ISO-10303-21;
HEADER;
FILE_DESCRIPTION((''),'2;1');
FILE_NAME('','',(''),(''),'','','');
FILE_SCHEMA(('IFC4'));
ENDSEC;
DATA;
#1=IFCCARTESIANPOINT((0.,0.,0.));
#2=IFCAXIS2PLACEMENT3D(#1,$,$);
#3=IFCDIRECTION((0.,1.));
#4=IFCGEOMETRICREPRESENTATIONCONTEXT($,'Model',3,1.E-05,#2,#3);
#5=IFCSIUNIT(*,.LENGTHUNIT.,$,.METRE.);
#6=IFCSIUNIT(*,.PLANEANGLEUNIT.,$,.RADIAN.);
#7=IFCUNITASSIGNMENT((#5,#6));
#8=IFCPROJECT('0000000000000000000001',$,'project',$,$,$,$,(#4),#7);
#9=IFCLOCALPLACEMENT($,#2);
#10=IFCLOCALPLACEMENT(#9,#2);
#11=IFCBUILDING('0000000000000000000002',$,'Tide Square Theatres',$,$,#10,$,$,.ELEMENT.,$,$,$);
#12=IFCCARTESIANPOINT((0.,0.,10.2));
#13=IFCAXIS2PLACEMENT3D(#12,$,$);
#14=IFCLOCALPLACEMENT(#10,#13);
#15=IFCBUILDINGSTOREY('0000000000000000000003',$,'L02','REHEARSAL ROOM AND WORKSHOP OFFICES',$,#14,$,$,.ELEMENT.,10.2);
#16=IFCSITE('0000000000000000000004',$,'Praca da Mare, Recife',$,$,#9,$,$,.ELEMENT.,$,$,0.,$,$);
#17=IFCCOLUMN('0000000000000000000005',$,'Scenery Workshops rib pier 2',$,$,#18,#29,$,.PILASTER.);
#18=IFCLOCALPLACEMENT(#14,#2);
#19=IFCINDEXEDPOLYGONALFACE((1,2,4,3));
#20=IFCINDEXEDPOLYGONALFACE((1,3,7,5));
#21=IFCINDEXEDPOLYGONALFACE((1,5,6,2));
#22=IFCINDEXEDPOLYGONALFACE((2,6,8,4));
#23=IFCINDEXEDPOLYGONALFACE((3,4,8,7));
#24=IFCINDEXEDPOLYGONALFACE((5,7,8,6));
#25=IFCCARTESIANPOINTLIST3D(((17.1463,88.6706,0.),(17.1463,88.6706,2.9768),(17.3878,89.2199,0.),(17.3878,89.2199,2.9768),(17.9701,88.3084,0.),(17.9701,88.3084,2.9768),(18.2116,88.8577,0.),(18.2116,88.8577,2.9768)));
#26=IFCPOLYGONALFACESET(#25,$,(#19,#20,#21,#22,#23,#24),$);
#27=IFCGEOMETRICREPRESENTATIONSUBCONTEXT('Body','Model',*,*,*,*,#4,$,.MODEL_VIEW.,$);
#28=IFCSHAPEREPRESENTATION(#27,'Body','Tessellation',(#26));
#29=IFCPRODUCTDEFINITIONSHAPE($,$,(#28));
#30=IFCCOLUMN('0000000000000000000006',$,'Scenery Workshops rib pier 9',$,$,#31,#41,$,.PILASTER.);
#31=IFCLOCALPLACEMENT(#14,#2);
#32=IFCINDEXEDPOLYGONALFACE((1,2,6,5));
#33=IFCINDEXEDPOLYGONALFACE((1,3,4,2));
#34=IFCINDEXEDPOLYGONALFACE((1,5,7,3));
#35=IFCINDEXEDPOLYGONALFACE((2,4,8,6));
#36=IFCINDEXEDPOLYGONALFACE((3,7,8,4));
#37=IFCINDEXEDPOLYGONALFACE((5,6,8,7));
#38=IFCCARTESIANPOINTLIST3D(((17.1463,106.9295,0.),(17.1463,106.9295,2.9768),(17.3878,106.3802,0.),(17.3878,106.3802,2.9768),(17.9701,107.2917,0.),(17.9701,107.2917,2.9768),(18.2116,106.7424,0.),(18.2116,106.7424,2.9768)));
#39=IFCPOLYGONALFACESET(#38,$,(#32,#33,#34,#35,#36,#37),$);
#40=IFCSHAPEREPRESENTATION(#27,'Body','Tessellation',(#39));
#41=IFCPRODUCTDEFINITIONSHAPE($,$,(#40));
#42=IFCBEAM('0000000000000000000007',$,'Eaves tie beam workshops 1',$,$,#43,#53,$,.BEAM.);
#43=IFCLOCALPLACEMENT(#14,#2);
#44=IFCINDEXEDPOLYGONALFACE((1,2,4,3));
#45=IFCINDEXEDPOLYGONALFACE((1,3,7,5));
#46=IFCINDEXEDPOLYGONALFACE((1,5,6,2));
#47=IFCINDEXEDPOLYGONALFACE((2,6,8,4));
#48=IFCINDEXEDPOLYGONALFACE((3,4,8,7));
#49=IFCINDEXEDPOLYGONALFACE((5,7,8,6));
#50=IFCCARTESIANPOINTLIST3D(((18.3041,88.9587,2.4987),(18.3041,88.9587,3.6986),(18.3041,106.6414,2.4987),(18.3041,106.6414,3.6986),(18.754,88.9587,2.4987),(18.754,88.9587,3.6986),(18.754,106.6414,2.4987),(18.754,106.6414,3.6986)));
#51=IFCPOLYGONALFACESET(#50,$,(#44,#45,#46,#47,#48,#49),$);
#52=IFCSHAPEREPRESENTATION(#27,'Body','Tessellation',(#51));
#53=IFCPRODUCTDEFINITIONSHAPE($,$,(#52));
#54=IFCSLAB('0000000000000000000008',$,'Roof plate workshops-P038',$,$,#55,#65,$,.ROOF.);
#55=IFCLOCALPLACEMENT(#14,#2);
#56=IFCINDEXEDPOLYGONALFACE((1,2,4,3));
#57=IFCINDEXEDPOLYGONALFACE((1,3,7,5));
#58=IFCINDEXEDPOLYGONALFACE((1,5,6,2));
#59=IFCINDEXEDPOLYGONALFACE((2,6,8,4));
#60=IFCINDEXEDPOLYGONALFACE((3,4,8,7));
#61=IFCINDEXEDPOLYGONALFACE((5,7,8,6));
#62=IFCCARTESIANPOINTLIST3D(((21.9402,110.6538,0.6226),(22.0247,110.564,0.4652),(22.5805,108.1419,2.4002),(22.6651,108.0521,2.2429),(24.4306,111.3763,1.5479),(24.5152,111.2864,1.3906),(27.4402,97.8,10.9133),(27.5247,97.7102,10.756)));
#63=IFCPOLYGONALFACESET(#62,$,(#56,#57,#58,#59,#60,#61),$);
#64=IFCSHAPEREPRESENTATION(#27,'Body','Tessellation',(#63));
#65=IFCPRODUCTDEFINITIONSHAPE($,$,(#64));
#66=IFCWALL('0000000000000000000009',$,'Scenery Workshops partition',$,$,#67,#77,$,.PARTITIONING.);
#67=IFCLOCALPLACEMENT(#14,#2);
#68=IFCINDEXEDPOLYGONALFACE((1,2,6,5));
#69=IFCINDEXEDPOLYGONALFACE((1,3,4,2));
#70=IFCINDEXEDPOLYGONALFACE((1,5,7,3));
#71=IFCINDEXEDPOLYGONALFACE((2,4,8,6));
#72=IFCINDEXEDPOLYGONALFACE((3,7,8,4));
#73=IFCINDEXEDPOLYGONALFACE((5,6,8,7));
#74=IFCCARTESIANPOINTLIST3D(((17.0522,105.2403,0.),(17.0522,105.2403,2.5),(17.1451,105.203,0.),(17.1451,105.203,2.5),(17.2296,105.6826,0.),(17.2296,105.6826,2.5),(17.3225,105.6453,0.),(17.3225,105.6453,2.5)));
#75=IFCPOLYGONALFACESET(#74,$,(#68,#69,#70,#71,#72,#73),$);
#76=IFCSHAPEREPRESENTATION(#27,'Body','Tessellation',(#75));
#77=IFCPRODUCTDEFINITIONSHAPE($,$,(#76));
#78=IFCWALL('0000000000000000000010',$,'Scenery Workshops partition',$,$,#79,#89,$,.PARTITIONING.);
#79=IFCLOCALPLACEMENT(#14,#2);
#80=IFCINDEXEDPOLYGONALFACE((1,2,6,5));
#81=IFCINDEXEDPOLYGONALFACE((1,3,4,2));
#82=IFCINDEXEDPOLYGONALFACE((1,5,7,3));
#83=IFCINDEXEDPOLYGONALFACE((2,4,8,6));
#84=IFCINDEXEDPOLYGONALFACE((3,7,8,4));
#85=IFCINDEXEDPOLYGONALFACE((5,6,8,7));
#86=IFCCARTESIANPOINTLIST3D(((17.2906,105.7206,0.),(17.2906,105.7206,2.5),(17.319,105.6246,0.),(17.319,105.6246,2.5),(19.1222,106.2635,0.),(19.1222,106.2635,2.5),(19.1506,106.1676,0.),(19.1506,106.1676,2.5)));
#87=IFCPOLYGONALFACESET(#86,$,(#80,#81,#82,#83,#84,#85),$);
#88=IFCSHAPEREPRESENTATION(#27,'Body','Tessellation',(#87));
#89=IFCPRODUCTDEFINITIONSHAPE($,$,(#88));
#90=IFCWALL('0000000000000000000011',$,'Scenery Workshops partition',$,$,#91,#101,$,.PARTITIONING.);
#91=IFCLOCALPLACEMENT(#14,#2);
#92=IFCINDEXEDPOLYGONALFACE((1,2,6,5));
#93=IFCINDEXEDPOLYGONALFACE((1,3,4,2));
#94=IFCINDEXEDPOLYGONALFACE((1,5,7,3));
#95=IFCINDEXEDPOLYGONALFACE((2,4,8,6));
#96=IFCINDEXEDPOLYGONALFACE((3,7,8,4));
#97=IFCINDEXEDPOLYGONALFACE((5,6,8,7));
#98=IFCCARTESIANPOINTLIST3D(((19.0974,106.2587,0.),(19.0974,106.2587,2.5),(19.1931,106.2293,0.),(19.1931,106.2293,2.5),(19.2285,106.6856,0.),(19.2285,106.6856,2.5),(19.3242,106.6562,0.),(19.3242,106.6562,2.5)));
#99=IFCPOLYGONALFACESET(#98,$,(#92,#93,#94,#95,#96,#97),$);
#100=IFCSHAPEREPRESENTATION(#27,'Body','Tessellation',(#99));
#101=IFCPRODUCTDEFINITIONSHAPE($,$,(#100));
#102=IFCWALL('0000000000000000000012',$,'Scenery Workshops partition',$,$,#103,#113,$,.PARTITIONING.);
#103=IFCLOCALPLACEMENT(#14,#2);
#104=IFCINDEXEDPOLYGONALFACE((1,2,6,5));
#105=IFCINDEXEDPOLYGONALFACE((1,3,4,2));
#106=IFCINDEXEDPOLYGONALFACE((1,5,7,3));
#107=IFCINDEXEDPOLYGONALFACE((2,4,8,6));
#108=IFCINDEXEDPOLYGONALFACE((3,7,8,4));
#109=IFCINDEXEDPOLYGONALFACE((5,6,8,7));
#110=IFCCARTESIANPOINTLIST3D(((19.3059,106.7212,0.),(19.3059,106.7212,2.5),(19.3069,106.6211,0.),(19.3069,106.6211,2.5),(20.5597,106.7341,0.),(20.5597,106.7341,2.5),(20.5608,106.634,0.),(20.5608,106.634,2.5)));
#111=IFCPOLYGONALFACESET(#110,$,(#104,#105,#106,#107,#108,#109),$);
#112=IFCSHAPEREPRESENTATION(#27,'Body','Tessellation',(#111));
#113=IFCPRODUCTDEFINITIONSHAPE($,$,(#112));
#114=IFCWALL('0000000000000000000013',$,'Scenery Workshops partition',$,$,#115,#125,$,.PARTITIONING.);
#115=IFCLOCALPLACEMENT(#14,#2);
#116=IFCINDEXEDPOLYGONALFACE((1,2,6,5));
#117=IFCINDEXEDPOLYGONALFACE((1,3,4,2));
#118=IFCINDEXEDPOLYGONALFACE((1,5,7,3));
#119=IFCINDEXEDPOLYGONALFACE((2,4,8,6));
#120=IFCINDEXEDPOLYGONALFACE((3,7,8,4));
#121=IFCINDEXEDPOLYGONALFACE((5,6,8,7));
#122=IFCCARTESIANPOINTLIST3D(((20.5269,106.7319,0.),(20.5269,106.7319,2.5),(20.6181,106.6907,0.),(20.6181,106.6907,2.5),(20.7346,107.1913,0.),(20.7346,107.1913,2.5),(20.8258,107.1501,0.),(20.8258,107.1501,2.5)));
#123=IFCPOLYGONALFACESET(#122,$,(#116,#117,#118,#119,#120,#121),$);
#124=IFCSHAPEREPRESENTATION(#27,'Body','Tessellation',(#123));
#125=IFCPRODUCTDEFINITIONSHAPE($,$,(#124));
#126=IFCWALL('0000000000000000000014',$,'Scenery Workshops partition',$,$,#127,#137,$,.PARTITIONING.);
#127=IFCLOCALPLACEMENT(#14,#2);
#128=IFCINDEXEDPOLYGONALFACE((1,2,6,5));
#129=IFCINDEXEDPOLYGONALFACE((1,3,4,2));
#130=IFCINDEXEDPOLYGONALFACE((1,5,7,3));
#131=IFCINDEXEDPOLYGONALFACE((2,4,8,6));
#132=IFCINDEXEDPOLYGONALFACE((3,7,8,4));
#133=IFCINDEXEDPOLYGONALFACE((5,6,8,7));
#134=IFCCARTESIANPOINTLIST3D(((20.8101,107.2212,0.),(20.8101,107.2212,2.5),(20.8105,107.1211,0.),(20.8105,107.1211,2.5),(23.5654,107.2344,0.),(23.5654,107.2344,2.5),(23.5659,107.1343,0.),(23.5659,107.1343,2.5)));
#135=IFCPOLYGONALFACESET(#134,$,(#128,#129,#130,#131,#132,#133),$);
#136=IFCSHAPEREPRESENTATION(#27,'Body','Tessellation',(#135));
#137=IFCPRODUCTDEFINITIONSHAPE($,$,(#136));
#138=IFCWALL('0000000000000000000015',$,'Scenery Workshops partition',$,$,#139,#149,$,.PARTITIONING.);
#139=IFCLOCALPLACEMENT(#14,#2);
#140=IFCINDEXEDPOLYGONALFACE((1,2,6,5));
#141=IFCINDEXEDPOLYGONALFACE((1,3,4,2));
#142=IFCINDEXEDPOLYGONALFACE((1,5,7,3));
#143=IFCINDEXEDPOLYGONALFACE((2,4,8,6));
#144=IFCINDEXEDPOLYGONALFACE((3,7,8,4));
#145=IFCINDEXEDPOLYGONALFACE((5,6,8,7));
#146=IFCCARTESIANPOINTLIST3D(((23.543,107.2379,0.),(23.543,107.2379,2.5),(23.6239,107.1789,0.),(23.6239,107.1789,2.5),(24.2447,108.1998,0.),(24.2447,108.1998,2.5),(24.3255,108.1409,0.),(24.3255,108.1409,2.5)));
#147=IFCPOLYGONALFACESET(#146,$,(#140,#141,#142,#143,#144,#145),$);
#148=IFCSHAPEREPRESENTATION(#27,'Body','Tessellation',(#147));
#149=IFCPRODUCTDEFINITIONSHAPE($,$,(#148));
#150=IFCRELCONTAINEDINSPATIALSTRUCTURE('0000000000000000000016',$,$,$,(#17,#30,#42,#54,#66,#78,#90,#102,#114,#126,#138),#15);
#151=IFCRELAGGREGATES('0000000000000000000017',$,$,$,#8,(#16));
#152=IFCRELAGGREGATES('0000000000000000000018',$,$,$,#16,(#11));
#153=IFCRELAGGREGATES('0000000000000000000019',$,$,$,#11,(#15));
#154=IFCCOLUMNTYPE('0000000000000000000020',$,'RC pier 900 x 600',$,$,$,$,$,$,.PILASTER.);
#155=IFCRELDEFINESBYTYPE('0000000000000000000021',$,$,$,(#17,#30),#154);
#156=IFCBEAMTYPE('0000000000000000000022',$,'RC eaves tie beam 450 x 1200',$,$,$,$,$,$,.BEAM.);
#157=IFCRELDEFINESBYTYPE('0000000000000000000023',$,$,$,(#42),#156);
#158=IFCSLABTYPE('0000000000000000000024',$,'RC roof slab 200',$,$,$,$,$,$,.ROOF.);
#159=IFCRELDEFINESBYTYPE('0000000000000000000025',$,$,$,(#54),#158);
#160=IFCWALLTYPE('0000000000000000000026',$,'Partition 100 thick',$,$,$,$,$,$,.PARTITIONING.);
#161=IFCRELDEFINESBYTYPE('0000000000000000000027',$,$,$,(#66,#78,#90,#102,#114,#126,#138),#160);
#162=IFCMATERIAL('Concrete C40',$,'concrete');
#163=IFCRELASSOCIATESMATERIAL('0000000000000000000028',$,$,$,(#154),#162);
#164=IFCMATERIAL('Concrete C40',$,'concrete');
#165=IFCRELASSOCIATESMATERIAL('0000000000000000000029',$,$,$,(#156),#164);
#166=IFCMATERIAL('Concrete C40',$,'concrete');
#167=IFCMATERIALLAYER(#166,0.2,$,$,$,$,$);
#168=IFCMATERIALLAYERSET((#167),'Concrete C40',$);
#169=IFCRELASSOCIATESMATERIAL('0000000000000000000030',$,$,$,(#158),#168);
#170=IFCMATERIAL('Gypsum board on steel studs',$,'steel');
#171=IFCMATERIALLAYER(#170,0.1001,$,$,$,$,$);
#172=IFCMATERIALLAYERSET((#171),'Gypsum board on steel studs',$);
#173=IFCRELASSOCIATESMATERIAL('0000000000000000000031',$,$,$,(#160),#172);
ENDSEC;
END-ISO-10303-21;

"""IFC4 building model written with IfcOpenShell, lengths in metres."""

from ifc_helpers import new_model, si_unit, direction, frame, frame_2d, origin, origin_2d, place, context, subcontext, project, spatial, polyline, rectangle, outline, extrude, material, layer, layer_set, material_profile, profile_set, type_object, element, save


model = new_model("IFC4")

# Units and contexts
model_context = context("Model", 3, precision=1e-05, world=origin(), true_north=direction((0.0, 1.0)))
body_context = subcontext(model_context, "Body", "Model", "MODEL_VIEW")
ifc_project = project(units=[si_unit("LENGTHUNIT", "METRE"), si_unit("PLANEANGLEUNIT", "RADIAN")], contexts=[model_context])

# Site, building, storey
site_placement = place(None, origin())
site = spatial("IfcSite", under=ifc_project, at=site_placement, Name="Praca da Mare, Recife", CompositionType="ELEMENT", RefElevation=0.0)
building_placement = place(site_placement, origin())
building = spatial("IfcBuilding", under=site, at=building_placement, Name="Tide Square Theatres", CompositionType="ELEMENT")
storey_placement = place(building_placement, frame((0.0, 0.0, 10.2)))
storey = spatial("IfcBuildingStorey", under=building, at=storey_placement, Name="L02", Description="REHEARSAL ROOM AND WORKSHOP OFFICES", CompositionType="ELEMENT", Elevation=10.2)

# Columns
ifc_material_1 = material(Name="Concrete C40", Category="concrete")
ifc_material_profile_1 = material_profile(ifc_material_1, rectangle(XDim=0.8999, YDim=0.6001, at=origin_2d()))
ifc_profile_set_1 = profile_set([ifc_material_profile_1], Name="Concrete C40")
column_type = type_object("IfcColumnType", Name="RC pier 900 x 600", PredefinedType="PILASTER", material=ifc_profile_set_1)
for number, where, z_axis, x_axis, name in (
    (1, (17.679, 88.7642, 0.0), (0.0, 0.0, 1.0), (0.915419, -0.402502, 0.0), "Scenery Workshops rib pier 2"),
    (2, (17.679, 106.8359, 0.0), (0.0, 0.0, 1.0), (-0.915419, -0.402502, 0.0), "Scenery Workshops rib pier 9"),
):
    element("IfcColumn", number, at=place(storey_placement, frame(where, z_axis=z_axis, x_axis=x_axis)), inside=storey, type_object=column_type, Name=name, PredefinedType="PILASTER", context=body_context, shape_type="SweptSolid", body=[
        extrude(rectangle(XDim=0.8999, YDim=0.6001, at=origin_2d()), origin(), (0.0, 0.0, 1.0), 2.9768),
    ])

# Beam
ifc_material_2 = material(Name="Concrete C40", Category="concrete")
ifc_material_profile_2 = material_profile(ifc_material_2, rectangle(XDim=0.45, YDim=1.2, at=origin_2d()))
ifc_profile_set_2 = profile_set([ifc_material_profile_2], Name="Concrete C40")
beam_type = type_object("IfcBeamType", Name="RC eaves tie beam 450 x 1200", PredefinedType="BEAM", material=ifc_profile_set_2)
beam_placement = place(storey_placement, frame((18.5291, 88.9587, 3.0986), z_axis=(0.0, 1.0, 0.0), x_axis=(-1.0, 0.0, 0.0)))
element("IfcBeam", 3, at=beam_placement, inside=storey, type_object=beam_type, Name="Eaves tie beam workshops 1", PredefinedType="BEAM", context=body_context, shape_type="SweptSolid", body=[
    extrude(rectangle(XDim=0.45, YDim=1.2, at=origin_2d()), origin(), (0.0, 0.0, 1.0), 17.6826),
])

# Slab
ifc_material_3 = material(Name="Concrete C40", Category="concrete")
ifc_layer_1 = layer(ifc_material_3, 0.2)
ifc_layer_set_1 = layer_set([ifc_layer_1], Name="Concrete C40")
slab_type = type_object("IfcSlabType", Name="RC roof slab 200", PredefinedType="ROOF", material=ifc_layer_set_1)
slab_placement = place(storey_placement, frame((27.4402, 97.8, 10.9133), z_axis=(-0.422766, 0.449226, 0.787061), x_axis=(-0.179509, 0.809771, -0.558611)))
element("IfcSlab", 4, at=slab_placement, inside=storey, type_object=slab_type, Name="Roof plate workshops-P038", PredefinedType="ROOF", context=body_context, shape_type="SweptSolid", body=[
    extrude(outline(polyline([(0.0, 0.0), (16.7655, 0.0), (17.1445, 2.7271), (14.0024, 2.6412), (0.0, 0.0)])), origin(), (0.0, 0.0, -1.0), 0.2),
])

# Walls
ifc_material_4 = material(Name="Gypsum board on steel studs", Category="steel")
ifc_layer_2 = layer(ifc_material_4, 0.1001)
ifc_layer_set_2 = layer_set([ifc_layer_2], Name="Gypsum board on steel studs")
wall_type_1 = type_object("IfcWallType", Name="Partition 100 thick", PredefinedType="PARTITIONING", material=ifc_layer_set_2)
wall_1_placement = place(storey_placement, frame((17.0986, 105.2217, 0.0), z_axis=(0.0, 0.0, 1.0), x_axis=(0.372362, 0.928088, 0.0)))
element("IfcWall", 5, at=wall_1_placement, inside=storey, type_object=wall_type_1, Name="Scenery Workshops partition", PredefinedType="PARTITIONING", context=body_context, shape_type="SweptSolid", body=[
    extrude(rectangle(XDim=0.4766, YDim=0.1001, at=frame_2d((0.2383, 0.0))), origin(), (0.0, 0.0, 1.0), 2.5),
])
wall_2_placement = place(storey_placement, frame((17.3049, 105.6726, 0.0), z_axis=(0.0, 0.0, 1.0), x_axis=(0.958757, 0.284228, 0.0)))
element("IfcWall", 6, at=wall_2_placement, inside=storey, type_object=wall_type_1, Name="Scenery Workshops partition", PredefinedType="PARTITIONING", context=body_context, shape_type="SweptSolid", body=[
    extrude(rectangle(XDim=1.9104, YDim=0.1001, at=frame_2d((0.9551, 0.0))), origin(), (0.0, 0.0, 1.0), 2.5),
])
wall_3_placement = place(storey_placement, frame((19.1453, 106.2441, 0.0), z_axis=(0.0, 0.0, 1.0), x_axis=(0.293663, 0.955909, 0.0)))
element("IfcWall", 7, at=wall_3_placement, inside=storey, type_object=wall_type_1, Name="Scenery Workshops partition", PredefinedType="PARTITIONING", context=body_context, shape_type="SweptSolid", body=[
    extrude(rectangle(XDim=0.4465, YDim=0.1001, at=frame_2d((0.2231, 0.0))), origin(), (0.0, 0.0, 1.0), 2.5),
])
wall_4_placement = place(storey_placement, frame((19.3064, 106.6711, 0.0), z_axis=(0.0, 0.0, 1.0), x_axis=(0.999947, 0.010319, 0.0)))
element("IfcWall", 8, at=wall_4_placement, inside=storey, type_object=wall_type_1, Name="Scenery Workshops partition", PredefinedType="PARTITIONING", context=body_context, shape_type="SweptSolid", body=[
    extrude(rectangle(XDim=1.2539, YDim=0.1001, at=frame_2d((0.627, 0.0))), origin(), (0.0, 0.0, 1.0), 2.5),
])
wall_5_placement = place(storey_placement, frame((20.5725, 106.7114, 0.0), z_axis=(0.0, 0.0, 1.0), x_axis=(0.412015, 0.911177, 0.0)))
element("IfcWall", 9, at=wall_5_placement, inside=storey, type_object=wall_type_1, Name="Scenery Workshops partition", PredefinedType="PARTITIONING", context=body_context, shape_type="SweptSolid", body=[
    extrude(rectangle(XDim=0.5042, YDim=0.1001, at=frame_2d((0.252, 0.0))), origin(), (0.0, 0.0, 1.0), 2.5),
])
wall_6_placement = place(storey_placement, frame((20.8103, 107.1711, 0.0), z_axis=(0.0, 0.0, 1.0), x_axis=(0.999989, 0.004785, 0.0)))
element("IfcWall", 10, at=wall_6_placement, inside=storey, type_object=wall_type_1, Name="Scenery Workshops partition", PredefinedType="PARTITIONING", context=body_context, shape_type="SweptSolid", body=[
    extrude(rectangle(XDim=2.7554, YDim=0.1001, at=frame_2d((1.3777, 0.0))), origin(), (0.0, 0.0, 1.0), 2.5),
])
wall_7_placement = place(storey_placement, frame((23.5835, 107.2085, 0.0), z_axis=(0.0, 0.0, 1.0), x_axis=(0.589317, 0.807902, 0.0)))
element("IfcWall", 11, at=wall_7_placement, inside=storey, type_object=wall_type_1, Name="Scenery Workshops partition", PredefinedType="PARTITIONING", context=body_context, shape_type="SweptSolid", body=[
    extrude(rectangle(XDim=1.1907, YDim=0.1001, at=frame_2d((0.5952, 0.0))), origin(), (0.0, 0.0, 1.0), 2.5),
])

save(model, "model.ifc")
